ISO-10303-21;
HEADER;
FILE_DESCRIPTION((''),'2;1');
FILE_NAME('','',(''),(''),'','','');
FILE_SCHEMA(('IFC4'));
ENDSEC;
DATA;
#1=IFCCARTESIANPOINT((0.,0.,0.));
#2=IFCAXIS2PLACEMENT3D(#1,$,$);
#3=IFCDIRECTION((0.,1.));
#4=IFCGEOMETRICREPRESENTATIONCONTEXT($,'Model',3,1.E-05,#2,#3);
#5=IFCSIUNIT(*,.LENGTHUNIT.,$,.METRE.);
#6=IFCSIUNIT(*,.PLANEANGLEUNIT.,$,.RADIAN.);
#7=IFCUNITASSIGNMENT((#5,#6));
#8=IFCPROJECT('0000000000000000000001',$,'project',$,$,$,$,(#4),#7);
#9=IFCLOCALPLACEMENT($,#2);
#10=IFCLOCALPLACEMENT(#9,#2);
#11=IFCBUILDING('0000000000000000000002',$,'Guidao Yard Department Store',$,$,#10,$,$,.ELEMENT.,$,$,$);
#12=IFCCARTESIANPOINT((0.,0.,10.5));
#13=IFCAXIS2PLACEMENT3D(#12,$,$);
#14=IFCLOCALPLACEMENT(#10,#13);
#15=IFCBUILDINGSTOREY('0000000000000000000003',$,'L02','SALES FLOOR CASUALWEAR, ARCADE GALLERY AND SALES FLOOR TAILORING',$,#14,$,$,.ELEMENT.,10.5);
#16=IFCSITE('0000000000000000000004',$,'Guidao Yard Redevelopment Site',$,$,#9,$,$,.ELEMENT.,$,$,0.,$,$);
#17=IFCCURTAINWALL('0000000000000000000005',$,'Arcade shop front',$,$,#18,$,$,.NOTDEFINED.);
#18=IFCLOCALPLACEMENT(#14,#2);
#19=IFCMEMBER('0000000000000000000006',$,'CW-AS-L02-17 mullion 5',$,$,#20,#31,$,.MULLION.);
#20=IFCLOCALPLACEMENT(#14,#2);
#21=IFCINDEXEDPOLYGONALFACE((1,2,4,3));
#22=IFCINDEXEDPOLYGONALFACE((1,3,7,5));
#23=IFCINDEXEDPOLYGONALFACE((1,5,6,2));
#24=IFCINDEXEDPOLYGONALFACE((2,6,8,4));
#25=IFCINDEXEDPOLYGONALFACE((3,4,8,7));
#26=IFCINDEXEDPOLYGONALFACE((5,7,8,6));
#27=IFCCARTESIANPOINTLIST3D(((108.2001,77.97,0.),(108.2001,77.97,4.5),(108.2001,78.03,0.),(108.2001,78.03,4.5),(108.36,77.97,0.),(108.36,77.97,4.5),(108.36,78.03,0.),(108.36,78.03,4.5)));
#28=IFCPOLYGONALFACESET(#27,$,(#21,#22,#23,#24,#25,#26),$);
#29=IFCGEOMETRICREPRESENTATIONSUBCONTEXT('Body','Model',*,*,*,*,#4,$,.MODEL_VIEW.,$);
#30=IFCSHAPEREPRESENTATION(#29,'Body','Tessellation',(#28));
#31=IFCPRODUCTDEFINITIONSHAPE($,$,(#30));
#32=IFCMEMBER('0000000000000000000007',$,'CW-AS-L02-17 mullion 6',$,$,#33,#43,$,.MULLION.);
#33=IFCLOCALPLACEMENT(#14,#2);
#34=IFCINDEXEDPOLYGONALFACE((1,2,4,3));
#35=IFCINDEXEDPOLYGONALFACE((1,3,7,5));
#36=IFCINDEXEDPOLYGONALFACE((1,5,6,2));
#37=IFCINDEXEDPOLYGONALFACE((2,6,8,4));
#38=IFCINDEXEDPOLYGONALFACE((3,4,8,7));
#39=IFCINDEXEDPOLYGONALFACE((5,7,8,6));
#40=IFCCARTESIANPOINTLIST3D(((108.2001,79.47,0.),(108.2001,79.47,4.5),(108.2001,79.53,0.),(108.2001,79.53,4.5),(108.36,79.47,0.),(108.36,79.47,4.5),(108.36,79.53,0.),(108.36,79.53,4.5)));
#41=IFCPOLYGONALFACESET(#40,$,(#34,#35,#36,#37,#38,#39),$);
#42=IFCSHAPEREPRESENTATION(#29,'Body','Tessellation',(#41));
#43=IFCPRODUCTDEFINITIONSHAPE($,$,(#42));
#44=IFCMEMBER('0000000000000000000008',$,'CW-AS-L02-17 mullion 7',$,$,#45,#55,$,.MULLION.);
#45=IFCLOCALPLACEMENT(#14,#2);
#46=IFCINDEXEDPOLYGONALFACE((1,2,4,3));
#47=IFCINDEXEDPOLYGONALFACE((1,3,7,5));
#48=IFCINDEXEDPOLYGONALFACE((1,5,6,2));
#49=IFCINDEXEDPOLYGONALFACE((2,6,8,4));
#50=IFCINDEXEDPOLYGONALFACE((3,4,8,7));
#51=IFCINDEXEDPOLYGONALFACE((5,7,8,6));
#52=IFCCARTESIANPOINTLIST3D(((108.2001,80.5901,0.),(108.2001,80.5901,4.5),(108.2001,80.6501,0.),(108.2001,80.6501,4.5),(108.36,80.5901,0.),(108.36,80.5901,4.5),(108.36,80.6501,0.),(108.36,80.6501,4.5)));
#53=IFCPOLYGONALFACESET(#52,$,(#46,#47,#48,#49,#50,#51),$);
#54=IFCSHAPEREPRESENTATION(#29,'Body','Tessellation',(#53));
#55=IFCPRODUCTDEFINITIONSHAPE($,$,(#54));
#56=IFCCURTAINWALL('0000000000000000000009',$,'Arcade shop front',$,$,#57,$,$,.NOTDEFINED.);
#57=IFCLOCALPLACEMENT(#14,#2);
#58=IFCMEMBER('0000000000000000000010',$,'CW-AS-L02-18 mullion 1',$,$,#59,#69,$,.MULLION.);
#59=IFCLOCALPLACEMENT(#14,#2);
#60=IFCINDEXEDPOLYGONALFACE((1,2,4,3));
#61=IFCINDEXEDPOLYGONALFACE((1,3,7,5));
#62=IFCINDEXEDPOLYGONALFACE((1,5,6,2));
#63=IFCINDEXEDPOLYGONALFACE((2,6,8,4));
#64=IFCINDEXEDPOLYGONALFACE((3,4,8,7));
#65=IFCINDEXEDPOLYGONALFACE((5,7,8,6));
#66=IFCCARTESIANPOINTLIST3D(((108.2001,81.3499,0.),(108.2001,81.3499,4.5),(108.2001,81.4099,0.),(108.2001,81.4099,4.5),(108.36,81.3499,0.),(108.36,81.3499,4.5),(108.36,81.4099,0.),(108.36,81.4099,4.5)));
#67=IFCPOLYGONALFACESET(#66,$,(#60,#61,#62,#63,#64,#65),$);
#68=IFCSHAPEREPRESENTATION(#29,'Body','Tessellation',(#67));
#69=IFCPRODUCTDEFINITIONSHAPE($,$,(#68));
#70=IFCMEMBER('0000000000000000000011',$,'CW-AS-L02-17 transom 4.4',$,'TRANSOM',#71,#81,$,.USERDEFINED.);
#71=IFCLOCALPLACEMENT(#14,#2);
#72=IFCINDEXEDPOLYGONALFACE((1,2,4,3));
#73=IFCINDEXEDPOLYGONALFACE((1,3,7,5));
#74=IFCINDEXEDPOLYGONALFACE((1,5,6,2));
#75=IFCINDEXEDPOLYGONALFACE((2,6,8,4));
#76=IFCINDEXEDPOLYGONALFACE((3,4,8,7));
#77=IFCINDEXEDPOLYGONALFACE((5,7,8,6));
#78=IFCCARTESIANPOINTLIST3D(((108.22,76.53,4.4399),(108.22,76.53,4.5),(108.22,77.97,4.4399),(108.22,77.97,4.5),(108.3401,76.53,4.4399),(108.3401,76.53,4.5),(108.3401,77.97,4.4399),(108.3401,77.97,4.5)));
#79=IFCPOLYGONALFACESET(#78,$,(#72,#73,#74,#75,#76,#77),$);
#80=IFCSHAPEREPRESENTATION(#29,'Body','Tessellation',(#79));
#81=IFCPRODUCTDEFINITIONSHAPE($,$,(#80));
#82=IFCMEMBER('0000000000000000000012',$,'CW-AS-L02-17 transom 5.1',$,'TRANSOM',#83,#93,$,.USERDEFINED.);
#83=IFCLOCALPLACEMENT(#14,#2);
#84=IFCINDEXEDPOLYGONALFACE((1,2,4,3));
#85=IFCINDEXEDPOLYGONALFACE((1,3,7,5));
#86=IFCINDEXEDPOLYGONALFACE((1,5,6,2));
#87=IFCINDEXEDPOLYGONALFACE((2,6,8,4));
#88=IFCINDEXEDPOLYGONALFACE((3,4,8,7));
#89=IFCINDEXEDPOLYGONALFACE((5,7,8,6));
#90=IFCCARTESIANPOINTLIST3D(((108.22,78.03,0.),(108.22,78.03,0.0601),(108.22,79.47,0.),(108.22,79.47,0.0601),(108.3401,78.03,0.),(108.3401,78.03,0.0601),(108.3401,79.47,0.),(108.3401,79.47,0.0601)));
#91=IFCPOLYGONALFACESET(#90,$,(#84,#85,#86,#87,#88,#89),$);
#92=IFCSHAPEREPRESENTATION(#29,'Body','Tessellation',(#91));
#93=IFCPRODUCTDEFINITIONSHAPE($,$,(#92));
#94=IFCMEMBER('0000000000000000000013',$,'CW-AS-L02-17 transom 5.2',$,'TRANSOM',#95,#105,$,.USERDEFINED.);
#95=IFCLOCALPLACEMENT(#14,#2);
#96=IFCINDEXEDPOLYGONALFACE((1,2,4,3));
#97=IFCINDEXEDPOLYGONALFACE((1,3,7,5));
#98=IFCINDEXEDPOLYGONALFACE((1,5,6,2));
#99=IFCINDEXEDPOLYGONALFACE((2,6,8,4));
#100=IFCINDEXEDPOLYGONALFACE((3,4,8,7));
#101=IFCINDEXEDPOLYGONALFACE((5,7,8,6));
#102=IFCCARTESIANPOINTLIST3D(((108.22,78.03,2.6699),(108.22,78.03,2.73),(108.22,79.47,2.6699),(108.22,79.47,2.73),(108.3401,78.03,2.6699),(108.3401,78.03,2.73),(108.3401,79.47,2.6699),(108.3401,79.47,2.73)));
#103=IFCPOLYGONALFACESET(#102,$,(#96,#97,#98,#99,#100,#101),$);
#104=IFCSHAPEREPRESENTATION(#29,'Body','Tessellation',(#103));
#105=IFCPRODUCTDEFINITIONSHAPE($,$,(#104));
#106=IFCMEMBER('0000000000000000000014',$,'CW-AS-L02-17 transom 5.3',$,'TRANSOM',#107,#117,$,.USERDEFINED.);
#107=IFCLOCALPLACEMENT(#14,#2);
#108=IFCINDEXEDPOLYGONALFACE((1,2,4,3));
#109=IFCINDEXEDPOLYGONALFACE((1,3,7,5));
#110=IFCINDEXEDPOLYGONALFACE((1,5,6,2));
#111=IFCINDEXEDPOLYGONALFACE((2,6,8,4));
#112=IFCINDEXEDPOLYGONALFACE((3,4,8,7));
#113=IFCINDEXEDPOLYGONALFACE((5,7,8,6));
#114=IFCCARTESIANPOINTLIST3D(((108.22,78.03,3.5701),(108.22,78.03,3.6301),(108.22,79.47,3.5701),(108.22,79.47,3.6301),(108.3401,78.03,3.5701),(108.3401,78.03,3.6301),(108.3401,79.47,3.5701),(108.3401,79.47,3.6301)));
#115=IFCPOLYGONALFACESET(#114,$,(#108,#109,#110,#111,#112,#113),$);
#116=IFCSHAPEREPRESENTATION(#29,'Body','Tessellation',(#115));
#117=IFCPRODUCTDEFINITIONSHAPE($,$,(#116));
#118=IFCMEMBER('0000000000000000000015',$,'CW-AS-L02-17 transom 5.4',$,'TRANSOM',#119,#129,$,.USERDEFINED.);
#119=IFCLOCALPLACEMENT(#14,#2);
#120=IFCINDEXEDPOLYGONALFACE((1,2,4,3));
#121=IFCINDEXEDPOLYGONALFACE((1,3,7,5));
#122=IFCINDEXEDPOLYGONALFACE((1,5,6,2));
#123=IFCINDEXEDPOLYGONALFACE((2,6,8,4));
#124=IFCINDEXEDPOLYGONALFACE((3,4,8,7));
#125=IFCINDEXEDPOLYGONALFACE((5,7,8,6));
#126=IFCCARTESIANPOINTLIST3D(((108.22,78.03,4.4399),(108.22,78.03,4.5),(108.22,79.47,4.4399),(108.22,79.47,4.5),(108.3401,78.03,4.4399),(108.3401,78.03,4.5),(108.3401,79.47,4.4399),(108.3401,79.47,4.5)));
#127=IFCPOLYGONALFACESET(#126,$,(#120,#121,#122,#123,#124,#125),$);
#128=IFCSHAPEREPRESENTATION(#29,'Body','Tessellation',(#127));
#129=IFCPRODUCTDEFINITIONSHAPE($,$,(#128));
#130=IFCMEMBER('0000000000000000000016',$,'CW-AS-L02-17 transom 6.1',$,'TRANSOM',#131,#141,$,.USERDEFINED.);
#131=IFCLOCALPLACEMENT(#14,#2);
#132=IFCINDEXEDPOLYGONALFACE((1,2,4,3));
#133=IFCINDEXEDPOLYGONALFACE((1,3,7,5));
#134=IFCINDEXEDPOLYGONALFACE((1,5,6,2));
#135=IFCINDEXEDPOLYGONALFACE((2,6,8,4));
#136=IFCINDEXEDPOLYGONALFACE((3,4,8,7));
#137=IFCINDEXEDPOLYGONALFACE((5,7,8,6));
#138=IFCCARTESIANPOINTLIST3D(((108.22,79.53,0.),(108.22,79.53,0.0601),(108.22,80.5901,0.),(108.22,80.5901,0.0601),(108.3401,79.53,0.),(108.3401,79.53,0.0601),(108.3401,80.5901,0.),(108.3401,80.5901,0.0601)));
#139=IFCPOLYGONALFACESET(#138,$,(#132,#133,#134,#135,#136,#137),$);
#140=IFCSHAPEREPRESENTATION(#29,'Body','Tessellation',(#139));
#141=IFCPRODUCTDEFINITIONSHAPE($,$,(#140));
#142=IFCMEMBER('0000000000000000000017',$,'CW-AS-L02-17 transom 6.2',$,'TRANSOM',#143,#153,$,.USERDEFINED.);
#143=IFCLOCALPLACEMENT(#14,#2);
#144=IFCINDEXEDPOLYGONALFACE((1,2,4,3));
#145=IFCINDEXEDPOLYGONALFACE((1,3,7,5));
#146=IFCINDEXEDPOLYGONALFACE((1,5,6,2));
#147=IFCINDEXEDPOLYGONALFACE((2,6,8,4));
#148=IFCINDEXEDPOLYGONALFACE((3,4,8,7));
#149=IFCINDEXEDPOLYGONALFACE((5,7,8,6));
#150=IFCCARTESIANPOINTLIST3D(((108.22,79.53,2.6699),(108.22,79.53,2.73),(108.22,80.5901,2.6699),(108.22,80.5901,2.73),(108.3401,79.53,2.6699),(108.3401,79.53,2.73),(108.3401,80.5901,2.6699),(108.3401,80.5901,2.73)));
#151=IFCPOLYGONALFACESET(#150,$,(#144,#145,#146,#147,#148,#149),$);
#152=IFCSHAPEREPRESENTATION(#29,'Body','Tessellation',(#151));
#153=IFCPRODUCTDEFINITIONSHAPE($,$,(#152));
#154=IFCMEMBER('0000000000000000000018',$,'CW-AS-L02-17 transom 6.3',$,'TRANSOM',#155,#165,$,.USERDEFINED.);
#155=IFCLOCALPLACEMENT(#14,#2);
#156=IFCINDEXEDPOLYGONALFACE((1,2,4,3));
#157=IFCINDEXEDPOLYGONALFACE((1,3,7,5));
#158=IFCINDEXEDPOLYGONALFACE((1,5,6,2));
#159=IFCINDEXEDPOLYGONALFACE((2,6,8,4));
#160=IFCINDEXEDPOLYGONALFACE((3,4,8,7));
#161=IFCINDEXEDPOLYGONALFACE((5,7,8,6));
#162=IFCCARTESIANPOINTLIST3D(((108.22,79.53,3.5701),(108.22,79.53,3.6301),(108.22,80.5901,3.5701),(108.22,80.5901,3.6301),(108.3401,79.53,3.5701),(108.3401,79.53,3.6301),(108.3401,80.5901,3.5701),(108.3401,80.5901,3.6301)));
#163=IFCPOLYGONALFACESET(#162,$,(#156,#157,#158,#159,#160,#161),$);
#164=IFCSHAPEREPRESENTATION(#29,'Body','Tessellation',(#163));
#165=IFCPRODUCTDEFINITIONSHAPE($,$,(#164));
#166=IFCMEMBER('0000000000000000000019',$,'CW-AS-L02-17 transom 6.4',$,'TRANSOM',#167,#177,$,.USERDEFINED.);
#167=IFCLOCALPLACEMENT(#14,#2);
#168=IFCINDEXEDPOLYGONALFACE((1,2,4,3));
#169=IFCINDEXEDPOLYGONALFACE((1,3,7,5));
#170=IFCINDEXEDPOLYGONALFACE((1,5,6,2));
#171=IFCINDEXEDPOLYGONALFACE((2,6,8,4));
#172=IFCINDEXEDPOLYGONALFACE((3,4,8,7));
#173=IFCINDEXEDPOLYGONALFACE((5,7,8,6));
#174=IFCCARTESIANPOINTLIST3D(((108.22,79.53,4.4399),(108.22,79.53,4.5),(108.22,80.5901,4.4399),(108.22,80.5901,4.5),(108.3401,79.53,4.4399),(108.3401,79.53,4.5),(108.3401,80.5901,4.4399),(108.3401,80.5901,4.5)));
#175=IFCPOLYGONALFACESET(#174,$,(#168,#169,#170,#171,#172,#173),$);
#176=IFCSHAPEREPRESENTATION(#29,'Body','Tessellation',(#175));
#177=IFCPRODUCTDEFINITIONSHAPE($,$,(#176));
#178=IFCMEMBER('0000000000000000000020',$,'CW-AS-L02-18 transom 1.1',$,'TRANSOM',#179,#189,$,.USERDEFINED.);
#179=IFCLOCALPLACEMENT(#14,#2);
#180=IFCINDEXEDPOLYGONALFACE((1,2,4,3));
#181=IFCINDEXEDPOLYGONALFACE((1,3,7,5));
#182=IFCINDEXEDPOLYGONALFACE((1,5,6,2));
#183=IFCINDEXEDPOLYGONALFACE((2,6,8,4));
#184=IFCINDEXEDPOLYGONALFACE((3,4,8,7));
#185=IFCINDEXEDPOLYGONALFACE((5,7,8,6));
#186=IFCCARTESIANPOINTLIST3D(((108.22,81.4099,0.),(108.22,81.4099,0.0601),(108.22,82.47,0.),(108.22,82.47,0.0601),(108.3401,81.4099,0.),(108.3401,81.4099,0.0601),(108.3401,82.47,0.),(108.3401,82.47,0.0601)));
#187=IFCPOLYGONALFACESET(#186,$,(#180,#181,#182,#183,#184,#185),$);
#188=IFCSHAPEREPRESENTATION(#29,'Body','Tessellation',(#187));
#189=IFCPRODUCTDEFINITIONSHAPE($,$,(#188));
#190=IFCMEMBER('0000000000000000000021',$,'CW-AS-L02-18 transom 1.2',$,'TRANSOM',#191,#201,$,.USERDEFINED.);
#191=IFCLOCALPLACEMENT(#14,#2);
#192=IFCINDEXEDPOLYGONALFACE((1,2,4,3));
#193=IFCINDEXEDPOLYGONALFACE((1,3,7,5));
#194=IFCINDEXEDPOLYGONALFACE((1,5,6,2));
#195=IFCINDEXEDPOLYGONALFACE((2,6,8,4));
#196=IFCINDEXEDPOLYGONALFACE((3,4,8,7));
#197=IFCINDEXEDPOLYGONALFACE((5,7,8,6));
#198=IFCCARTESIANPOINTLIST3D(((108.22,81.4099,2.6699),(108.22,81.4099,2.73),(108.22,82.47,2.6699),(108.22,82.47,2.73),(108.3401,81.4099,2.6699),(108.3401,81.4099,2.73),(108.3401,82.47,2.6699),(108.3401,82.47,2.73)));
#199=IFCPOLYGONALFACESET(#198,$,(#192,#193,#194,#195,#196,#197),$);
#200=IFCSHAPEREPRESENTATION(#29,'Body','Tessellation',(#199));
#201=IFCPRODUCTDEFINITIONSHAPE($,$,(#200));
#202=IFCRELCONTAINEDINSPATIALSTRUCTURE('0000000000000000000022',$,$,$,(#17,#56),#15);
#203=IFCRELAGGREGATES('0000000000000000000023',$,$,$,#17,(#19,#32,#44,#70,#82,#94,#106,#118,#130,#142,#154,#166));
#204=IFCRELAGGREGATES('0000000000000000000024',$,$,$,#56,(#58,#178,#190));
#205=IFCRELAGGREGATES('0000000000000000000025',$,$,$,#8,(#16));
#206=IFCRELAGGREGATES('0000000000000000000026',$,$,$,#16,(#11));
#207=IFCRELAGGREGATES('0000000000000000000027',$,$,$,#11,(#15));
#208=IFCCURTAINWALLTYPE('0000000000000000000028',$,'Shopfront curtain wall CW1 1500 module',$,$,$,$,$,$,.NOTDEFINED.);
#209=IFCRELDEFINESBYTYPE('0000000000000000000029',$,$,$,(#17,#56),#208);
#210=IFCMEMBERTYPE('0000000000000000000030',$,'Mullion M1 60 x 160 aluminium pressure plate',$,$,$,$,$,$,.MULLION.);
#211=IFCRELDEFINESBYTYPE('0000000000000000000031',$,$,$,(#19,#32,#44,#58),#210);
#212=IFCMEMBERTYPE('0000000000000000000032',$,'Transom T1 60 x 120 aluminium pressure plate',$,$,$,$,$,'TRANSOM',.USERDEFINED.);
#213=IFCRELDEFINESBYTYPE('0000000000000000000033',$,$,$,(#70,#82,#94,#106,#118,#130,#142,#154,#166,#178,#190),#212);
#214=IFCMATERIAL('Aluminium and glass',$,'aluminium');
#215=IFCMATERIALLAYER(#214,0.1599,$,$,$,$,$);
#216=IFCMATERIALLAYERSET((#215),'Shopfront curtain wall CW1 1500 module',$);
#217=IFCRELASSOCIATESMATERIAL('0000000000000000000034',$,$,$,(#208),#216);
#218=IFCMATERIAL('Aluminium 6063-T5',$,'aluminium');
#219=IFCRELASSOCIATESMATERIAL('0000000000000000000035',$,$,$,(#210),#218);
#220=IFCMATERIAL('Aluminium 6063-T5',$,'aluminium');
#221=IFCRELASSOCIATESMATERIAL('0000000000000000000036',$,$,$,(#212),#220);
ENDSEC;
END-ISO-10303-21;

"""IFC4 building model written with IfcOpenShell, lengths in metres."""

from ifc_helpers import new_model, si_unit, direction, frame, origin, origin_2d, place, context, subcontext, project, spatial, rectangle, extrude, material, layer, layer_set, material_profile, profile_set, type_object, element, aggregate, save


model = new_model("IFC4")

# Units and contexts
model_context = context("Model", 3, precision=1e-05, world=origin(), true_north=direction((0.0, 1.0)))
body_context = subcontext(model_context, "Body", "Model", "MODEL_VIEW")
ifc_project = project(units=[si_unit("LENGTHUNIT", "METRE"), si_unit("PLANEANGLEUNIT", "RADIAN")], contexts=[model_context])

# Site, building, storey
site_placement = place(None, origin())
site = spatial("IfcSite", under=ifc_project, at=site_placement, Name="Guidao Yard Redevelopment Site", CompositionType="ELEMENT", RefElevation=0.0)
building_placement = place(site_placement, origin())
building = spatial("IfcBuilding", under=site, at=building_placement, Name="Guidao Yard Department Store", CompositionType="ELEMENT")
storey_placement = place(building_placement, frame((0.0, 0.0, 10.5)))
storey = spatial("IfcBuildingStorey", under=building, at=storey_placement, Name="L02", Description="SALES FLOOR CASUALWEAR, ARCADE GALLERY AND SALES FLOOR TAILORING", CompositionType="ELEMENT", Elevation=10.5)

# Curtain wall, members
ifc_material_1 = material(Name="Aluminium and glass", Category="aluminium")
ifc_layer_1 = layer(ifc_material_1, 0.1599)
ifc_layer_set_1 = layer_set([ifc_layer_1], Name="Shopfront curtain wall CW1 1500 module")
curtain_wall_type = type_object("IfcCurtainWallType", Name="Shopfront curtain wall CW1 1500 module", PredefinedType="NOTDEFINED", material=ifc_layer_set_1)
curtain_wall_1_placement = place(storey_placement, origin())
curtain_wall_1 = element("IfcCurtainWall", 1, at=curtain_wall_1_placement, inside=storey, type_object=curtain_wall_type, Name="Arcade shop front", PredefinedType="NOTDEFINED")
ifc_material_2 = material(Name="Aluminium 6063-T5", Category="aluminium")
ifc_material_profile_1 = material_profile(ifc_material_2, rectangle(XDim=0.0601, YDim=0.1599, at=origin_2d()), Name="Mullion M1 60 x 160 aluminium pressure plate")
ifc_profile_set_1 = profile_set([ifc_material_profile_1], Name="Aluminium 6063-T5")
member_type_1 = type_object("IfcMemberType", Name="Mullion M1 60 x 160 aluminium pressure plate", PredefinedType="MULLION", material=ifc_profile_set_1)
member_1_placement = place(storey_placement, frame((108.28, 78.0, 0.0), z_axis=(0.0, 0.0, 1.0), x_axis=(0.0, -1.0, 0.0)))
member_1 = element("IfcMember", 2, at=member_1_placement, type_object=member_type_1, Name="CW-AS-L02-17 mullion 5", PredefinedType="MULLION", context=body_context, shape_type="SweptSolid", body=[
    extrude(rectangle(XDim=0.0601, YDim=0.1599, at=origin_2d()), origin(), (0.0, 0.0, 1.0), 4.5),
])
member_2_placement = place(storey_placement, frame((108.28, 79.5, 0.0), z_axis=(0.0, 0.0, 1.0), x_axis=(0.0, -1.0, 0.0)))
member_2 = element("IfcMember", 3, at=member_2_placement, type_object=member_type_1, Name="CW-AS-L02-17 mullion 6", PredefinedType="MULLION", context=body_context, shape_type="SweptSolid", body=[
    extrude(rectangle(XDim=0.0601, YDim=0.1599, at=origin_2d()), origin(), (0.0, 0.0, 1.0), 4.5),
])
member_3_placement = place(storey_placement, frame((108.28, 80.6201, 0.0), z_axis=(0.0, 0.0, 1.0), x_axis=(0.0, -1.0, 0.0)))
member_3 = element("IfcMember", 4, at=member_3_placement, type_object=member_type_1, Name="CW-AS-L02-17 mullion 7", PredefinedType="MULLION", context=body_context, shape_type="SweptSolid", body=[
    extrude(rectangle(XDim=0.0601, YDim=0.1599, at=origin_2d()), origin(), (0.0, 0.0, 1.0), 4.5),
])

# Curtain wall, member
curtain_wall_2_placement = place(storey_placement, origin())
curtain_wall_2 = element("IfcCurtainWall", 5, at=curtain_wall_2_placement, inside=storey, type_object=curtain_wall_type, Name="Arcade shop front", PredefinedType="NOTDEFINED")
member_4_placement = place(storey_placement, frame((108.28, 81.3799, 0.0), z_axis=(0.0, 0.0, 1.0), x_axis=(0.0, -1.0, 0.0)))
member_4 = element("IfcMember", 6, at=member_4_placement, type_object=member_type_1, Name="CW-AS-L02-18 mullion 1", PredefinedType="MULLION", context=body_context, shape_type="SweptSolid", body=[
    extrude(rectangle(XDim=0.0601, YDim=0.1599, at=origin_2d()), origin(), (0.0, 0.0, 1.0), 4.5),
])

# Members
ifc_material_3 = material(Name="Aluminium 6063-T5", Category="aluminium")
ifc_material_profile_2 = material_profile(ifc_material_3, rectangle(XDim=0.1201, YDim=0.0601, at=origin_2d()), Name="Transom T1 60 x 120 aluminium pressure plate")
ifc_profile_set_2 = profile_set([ifc_material_profile_2], Name="Aluminium 6063-T5")
member_type_2 = type_object("IfcMemberType", Name="Transom T1 60 x 120 aluminium pressure plate", ElementType="TRANSOM", PredefinedType="USERDEFINED", material=ifc_profile_set_2)
member_5_placement = place(storey_placement, frame((108.28, 77.97, 4.47), z_axis=(0.0, -1.0, 0.0), x_axis=(1.0, 0.0, 0.0)))
member_5 = element("IfcMember", 7, at=member_5_placement, type_object=member_type_2, Name="CW-AS-L02-17 transom 4.4", ObjectType="TRANSOM", PredefinedType="USERDEFINED", context=body_context, shape_type="SweptSolid", body=[
    extrude(rectangle(XDim=0.1201, YDim=0.0601, at=origin_2d()), origin(), (0.0, 0.0, 1.0), 1.4399),
])
member_6_placement = place(storey_placement, frame((108.28, 79.47, 0.03), z_axis=(0.0, -1.0, 0.0), x_axis=(1.0, 0.0, 0.0)))
member_6 = element("IfcMember", 8, at=member_6_placement, type_object=member_type_2, Name="CW-AS-L02-17 transom 5.1", ObjectType="TRANSOM", PredefinedType="USERDEFINED", context=body_context, shape_type="SweptSolid", body=[
    extrude(rectangle(XDim=0.1201, YDim=0.0601, at=origin_2d()), origin(), (0.0, 0.0, 1.0), 1.4399),
])
member_7_placement = place(storey_placement, frame((108.28, 79.47, 2.7), z_axis=(0.0, -1.0, 0.0), x_axis=(1.0, 0.0, 0.0)))
member_7 = element("IfcMember", 9, at=member_7_placement, type_object=member_type_2, Name="CW-AS-L02-17 transom 5.2", ObjectType="TRANSOM", PredefinedType="USERDEFINED", context=body_context, shape_type="SweptSolid", body=[
    extrude(rectangle(XDim=0.1201, YDim=0.0601, at=origin_2d()), origin(), (0.0, 0.0, 1.0), 1.4399),
])
member_8_placement = place(storey_placement, frame((108.28, 79.47, 3.6001), z_axis=(0.0, -1.0, 0.0), x_axis=(1.0, 0.0, 0.0)))
member_8 = element("IfcMember", 10, at=member_8_placement, type_object=member_type_2, Name="CW-AS-L02-17 transom 5.3", ObjectType="TRANSOM", PredefinedType="USERDEFINED", context=body_context, shape_type="SweptSolid", body=[
    extrude(rectangle(XDim=0.1201, YDim=0.0601, at=origin_2d()), origin(), (0.0, 0.0, 1.0), 1.4399),
])
member_9_placement = place(storey_placement, frame((108.28, 79.47, 4.47), z_axis=(0.0, -1.0, 0.0), x_axis=(1.0, 0.0, 0.0)))
member_9 = element("IfcMember", 11, at=member_9_placement, type_object=member_type_2, Name="CW-AS-L02-17 transom 5.4", ObjectType="TRANSOM", PredefinedType="USERDEFINED", context=body_context, shape_type="SweptSolid", body=[
    extrude(rectangle(XDim=0.1201, YDim=0.0601, at=origin_2d()), origin(), (0.0, 0.0, 1.0), 1.4399),
])
member_10_placement = place(storey_placement, frame((108.28, 80.5901, 0.03), z_axis=(0.0, -1.0, 0.0), x_axis=(1.0, 0.0, 0.0)))
member_10 = element("IfcMember", 12, at=member_10_placement, type_object=member_type_2, Name="CW-AS-L02-17 transom 6.1", ObjectType="TRANSOM", PredefinedType="USERDEFINED", context=body_context, shape_type="SweptSolid", body=[
    extrude(rectangle(XDim=0.1201, YDim=0.0601, at=origin_2d()), origin(), (0.0, 0.0, 1.0), 1.0601),
])
member_11_placement = place(storey_placement, frame((108.28, 80.5901, 2.7), z_axis=(0.0, -1.0, 0.0), x_axis=(1.0, 0.0, 0.0)))
member_11 = element("IfcMember", 13, at=member_11_placement, type_object=member_type_2, Name="CW-AS-L02-17 transom 6.2", ObjectType="TRANSOM", PredefinedType="USERDEFINED", context=body_context, shape_type="SweptSolid", body=[
    extrude(rectangle(XDim=0.1201, YDim=0.0601, at=origin_2d()), origin(), (0.0, 0.0, 1.0), 1.0601),
])
member_12_placement = place(storey_placement, frame((108.28, 80.5901, 3.6001), z_axis=(0.0, -1.0, 0.0), x_axis=(1.0, 0.0, 0.0)))
member_12 = element("IfcMember", 14, at=member_12_placement, type_object=member_type_2, Name="CW-AS-L02-17 transom 6.3", ObjectType="TRANSOM", PredefinedType="USERDEFINED", context=body_context, shape_type="SweptSolid", body=[
    extrude(rectangle(XDim=0.1201, YDim=0.0601, at=origin_2d()), origin(), (0.0, 0.0, 1.0), 1.0601),
])
member_13_placement = place(storey_placement, frame((108.28, 80.5901, 4.47), z_axis=(0.0, -1.0, 0.0), x_axis=(1.0, 0.0, 0.0)))
member_13 = element("IfcMember", 15, at=member_13_placement, type_object=member_type_2, Name="CW-AS-L02-17 transom 6.4", ObjectType="TRANSOM", PredefinedType="USERDEFINED", context=body_context, shape_type="SweptSolid", body=[
    extrude(rectangle(XDim=0.1201, YDim=0.0601, at=origin_2d()), origin(), (0.0, 0.0, 1.0), 1.0601),
])
member_14_placement = place(storey_placement, frame((108.28, 82.47, 0.03), z_axis=(0.0, -1.0, 0.0), x_axis=(1.0, 0.0, 0.0)))
member_14 = element("IfcMember", 16, at=member_14_placement, type_object=member_type_2, Name="CW-AS-L02-18 transom 1.1", ObjectType="TRANSOM", PredefinedType="USERDEFINED", context=body_context, shape_type="SweptSolid", body=[
    extrude(rectangle(XDim=0.1201, YDim=0.0601, at=origin_2d()), origin(), (0.0, 0.0, 1.0), 1.0601),
])
member_15_placement = place(storey_placement, frame((108.28, 82.47, 2.7), z_axis=(0.0, -1.0, 0.0), x_axis=(1.0, 0.0, 0.0)))
member_15 = element("IfcMember", 17, at=member_15_placement, type_object=member_type_2, Name="CW-AS-L02-18 transom 1.2", ObjectType="TRANSOM", PredefinedType="USERDEFINED", context=body_context, shape_type="SweptSolid", body=[
    extrude(rectangle(XDim=0.1201, YDim=0.0601, at=origin_2d()), origin(), (0.0, 0.0, 1.0), 1.0601),
])

aggregate(curtain_wall_1, [member_1, member_2, member_3, member_5, member_6, member_7, member_8, member_9, member_10, member_11, member_12, member_13])
aggregate(curtain_wall_2, [member_4, member_14, member_15])

save(model, "model.ifc")
